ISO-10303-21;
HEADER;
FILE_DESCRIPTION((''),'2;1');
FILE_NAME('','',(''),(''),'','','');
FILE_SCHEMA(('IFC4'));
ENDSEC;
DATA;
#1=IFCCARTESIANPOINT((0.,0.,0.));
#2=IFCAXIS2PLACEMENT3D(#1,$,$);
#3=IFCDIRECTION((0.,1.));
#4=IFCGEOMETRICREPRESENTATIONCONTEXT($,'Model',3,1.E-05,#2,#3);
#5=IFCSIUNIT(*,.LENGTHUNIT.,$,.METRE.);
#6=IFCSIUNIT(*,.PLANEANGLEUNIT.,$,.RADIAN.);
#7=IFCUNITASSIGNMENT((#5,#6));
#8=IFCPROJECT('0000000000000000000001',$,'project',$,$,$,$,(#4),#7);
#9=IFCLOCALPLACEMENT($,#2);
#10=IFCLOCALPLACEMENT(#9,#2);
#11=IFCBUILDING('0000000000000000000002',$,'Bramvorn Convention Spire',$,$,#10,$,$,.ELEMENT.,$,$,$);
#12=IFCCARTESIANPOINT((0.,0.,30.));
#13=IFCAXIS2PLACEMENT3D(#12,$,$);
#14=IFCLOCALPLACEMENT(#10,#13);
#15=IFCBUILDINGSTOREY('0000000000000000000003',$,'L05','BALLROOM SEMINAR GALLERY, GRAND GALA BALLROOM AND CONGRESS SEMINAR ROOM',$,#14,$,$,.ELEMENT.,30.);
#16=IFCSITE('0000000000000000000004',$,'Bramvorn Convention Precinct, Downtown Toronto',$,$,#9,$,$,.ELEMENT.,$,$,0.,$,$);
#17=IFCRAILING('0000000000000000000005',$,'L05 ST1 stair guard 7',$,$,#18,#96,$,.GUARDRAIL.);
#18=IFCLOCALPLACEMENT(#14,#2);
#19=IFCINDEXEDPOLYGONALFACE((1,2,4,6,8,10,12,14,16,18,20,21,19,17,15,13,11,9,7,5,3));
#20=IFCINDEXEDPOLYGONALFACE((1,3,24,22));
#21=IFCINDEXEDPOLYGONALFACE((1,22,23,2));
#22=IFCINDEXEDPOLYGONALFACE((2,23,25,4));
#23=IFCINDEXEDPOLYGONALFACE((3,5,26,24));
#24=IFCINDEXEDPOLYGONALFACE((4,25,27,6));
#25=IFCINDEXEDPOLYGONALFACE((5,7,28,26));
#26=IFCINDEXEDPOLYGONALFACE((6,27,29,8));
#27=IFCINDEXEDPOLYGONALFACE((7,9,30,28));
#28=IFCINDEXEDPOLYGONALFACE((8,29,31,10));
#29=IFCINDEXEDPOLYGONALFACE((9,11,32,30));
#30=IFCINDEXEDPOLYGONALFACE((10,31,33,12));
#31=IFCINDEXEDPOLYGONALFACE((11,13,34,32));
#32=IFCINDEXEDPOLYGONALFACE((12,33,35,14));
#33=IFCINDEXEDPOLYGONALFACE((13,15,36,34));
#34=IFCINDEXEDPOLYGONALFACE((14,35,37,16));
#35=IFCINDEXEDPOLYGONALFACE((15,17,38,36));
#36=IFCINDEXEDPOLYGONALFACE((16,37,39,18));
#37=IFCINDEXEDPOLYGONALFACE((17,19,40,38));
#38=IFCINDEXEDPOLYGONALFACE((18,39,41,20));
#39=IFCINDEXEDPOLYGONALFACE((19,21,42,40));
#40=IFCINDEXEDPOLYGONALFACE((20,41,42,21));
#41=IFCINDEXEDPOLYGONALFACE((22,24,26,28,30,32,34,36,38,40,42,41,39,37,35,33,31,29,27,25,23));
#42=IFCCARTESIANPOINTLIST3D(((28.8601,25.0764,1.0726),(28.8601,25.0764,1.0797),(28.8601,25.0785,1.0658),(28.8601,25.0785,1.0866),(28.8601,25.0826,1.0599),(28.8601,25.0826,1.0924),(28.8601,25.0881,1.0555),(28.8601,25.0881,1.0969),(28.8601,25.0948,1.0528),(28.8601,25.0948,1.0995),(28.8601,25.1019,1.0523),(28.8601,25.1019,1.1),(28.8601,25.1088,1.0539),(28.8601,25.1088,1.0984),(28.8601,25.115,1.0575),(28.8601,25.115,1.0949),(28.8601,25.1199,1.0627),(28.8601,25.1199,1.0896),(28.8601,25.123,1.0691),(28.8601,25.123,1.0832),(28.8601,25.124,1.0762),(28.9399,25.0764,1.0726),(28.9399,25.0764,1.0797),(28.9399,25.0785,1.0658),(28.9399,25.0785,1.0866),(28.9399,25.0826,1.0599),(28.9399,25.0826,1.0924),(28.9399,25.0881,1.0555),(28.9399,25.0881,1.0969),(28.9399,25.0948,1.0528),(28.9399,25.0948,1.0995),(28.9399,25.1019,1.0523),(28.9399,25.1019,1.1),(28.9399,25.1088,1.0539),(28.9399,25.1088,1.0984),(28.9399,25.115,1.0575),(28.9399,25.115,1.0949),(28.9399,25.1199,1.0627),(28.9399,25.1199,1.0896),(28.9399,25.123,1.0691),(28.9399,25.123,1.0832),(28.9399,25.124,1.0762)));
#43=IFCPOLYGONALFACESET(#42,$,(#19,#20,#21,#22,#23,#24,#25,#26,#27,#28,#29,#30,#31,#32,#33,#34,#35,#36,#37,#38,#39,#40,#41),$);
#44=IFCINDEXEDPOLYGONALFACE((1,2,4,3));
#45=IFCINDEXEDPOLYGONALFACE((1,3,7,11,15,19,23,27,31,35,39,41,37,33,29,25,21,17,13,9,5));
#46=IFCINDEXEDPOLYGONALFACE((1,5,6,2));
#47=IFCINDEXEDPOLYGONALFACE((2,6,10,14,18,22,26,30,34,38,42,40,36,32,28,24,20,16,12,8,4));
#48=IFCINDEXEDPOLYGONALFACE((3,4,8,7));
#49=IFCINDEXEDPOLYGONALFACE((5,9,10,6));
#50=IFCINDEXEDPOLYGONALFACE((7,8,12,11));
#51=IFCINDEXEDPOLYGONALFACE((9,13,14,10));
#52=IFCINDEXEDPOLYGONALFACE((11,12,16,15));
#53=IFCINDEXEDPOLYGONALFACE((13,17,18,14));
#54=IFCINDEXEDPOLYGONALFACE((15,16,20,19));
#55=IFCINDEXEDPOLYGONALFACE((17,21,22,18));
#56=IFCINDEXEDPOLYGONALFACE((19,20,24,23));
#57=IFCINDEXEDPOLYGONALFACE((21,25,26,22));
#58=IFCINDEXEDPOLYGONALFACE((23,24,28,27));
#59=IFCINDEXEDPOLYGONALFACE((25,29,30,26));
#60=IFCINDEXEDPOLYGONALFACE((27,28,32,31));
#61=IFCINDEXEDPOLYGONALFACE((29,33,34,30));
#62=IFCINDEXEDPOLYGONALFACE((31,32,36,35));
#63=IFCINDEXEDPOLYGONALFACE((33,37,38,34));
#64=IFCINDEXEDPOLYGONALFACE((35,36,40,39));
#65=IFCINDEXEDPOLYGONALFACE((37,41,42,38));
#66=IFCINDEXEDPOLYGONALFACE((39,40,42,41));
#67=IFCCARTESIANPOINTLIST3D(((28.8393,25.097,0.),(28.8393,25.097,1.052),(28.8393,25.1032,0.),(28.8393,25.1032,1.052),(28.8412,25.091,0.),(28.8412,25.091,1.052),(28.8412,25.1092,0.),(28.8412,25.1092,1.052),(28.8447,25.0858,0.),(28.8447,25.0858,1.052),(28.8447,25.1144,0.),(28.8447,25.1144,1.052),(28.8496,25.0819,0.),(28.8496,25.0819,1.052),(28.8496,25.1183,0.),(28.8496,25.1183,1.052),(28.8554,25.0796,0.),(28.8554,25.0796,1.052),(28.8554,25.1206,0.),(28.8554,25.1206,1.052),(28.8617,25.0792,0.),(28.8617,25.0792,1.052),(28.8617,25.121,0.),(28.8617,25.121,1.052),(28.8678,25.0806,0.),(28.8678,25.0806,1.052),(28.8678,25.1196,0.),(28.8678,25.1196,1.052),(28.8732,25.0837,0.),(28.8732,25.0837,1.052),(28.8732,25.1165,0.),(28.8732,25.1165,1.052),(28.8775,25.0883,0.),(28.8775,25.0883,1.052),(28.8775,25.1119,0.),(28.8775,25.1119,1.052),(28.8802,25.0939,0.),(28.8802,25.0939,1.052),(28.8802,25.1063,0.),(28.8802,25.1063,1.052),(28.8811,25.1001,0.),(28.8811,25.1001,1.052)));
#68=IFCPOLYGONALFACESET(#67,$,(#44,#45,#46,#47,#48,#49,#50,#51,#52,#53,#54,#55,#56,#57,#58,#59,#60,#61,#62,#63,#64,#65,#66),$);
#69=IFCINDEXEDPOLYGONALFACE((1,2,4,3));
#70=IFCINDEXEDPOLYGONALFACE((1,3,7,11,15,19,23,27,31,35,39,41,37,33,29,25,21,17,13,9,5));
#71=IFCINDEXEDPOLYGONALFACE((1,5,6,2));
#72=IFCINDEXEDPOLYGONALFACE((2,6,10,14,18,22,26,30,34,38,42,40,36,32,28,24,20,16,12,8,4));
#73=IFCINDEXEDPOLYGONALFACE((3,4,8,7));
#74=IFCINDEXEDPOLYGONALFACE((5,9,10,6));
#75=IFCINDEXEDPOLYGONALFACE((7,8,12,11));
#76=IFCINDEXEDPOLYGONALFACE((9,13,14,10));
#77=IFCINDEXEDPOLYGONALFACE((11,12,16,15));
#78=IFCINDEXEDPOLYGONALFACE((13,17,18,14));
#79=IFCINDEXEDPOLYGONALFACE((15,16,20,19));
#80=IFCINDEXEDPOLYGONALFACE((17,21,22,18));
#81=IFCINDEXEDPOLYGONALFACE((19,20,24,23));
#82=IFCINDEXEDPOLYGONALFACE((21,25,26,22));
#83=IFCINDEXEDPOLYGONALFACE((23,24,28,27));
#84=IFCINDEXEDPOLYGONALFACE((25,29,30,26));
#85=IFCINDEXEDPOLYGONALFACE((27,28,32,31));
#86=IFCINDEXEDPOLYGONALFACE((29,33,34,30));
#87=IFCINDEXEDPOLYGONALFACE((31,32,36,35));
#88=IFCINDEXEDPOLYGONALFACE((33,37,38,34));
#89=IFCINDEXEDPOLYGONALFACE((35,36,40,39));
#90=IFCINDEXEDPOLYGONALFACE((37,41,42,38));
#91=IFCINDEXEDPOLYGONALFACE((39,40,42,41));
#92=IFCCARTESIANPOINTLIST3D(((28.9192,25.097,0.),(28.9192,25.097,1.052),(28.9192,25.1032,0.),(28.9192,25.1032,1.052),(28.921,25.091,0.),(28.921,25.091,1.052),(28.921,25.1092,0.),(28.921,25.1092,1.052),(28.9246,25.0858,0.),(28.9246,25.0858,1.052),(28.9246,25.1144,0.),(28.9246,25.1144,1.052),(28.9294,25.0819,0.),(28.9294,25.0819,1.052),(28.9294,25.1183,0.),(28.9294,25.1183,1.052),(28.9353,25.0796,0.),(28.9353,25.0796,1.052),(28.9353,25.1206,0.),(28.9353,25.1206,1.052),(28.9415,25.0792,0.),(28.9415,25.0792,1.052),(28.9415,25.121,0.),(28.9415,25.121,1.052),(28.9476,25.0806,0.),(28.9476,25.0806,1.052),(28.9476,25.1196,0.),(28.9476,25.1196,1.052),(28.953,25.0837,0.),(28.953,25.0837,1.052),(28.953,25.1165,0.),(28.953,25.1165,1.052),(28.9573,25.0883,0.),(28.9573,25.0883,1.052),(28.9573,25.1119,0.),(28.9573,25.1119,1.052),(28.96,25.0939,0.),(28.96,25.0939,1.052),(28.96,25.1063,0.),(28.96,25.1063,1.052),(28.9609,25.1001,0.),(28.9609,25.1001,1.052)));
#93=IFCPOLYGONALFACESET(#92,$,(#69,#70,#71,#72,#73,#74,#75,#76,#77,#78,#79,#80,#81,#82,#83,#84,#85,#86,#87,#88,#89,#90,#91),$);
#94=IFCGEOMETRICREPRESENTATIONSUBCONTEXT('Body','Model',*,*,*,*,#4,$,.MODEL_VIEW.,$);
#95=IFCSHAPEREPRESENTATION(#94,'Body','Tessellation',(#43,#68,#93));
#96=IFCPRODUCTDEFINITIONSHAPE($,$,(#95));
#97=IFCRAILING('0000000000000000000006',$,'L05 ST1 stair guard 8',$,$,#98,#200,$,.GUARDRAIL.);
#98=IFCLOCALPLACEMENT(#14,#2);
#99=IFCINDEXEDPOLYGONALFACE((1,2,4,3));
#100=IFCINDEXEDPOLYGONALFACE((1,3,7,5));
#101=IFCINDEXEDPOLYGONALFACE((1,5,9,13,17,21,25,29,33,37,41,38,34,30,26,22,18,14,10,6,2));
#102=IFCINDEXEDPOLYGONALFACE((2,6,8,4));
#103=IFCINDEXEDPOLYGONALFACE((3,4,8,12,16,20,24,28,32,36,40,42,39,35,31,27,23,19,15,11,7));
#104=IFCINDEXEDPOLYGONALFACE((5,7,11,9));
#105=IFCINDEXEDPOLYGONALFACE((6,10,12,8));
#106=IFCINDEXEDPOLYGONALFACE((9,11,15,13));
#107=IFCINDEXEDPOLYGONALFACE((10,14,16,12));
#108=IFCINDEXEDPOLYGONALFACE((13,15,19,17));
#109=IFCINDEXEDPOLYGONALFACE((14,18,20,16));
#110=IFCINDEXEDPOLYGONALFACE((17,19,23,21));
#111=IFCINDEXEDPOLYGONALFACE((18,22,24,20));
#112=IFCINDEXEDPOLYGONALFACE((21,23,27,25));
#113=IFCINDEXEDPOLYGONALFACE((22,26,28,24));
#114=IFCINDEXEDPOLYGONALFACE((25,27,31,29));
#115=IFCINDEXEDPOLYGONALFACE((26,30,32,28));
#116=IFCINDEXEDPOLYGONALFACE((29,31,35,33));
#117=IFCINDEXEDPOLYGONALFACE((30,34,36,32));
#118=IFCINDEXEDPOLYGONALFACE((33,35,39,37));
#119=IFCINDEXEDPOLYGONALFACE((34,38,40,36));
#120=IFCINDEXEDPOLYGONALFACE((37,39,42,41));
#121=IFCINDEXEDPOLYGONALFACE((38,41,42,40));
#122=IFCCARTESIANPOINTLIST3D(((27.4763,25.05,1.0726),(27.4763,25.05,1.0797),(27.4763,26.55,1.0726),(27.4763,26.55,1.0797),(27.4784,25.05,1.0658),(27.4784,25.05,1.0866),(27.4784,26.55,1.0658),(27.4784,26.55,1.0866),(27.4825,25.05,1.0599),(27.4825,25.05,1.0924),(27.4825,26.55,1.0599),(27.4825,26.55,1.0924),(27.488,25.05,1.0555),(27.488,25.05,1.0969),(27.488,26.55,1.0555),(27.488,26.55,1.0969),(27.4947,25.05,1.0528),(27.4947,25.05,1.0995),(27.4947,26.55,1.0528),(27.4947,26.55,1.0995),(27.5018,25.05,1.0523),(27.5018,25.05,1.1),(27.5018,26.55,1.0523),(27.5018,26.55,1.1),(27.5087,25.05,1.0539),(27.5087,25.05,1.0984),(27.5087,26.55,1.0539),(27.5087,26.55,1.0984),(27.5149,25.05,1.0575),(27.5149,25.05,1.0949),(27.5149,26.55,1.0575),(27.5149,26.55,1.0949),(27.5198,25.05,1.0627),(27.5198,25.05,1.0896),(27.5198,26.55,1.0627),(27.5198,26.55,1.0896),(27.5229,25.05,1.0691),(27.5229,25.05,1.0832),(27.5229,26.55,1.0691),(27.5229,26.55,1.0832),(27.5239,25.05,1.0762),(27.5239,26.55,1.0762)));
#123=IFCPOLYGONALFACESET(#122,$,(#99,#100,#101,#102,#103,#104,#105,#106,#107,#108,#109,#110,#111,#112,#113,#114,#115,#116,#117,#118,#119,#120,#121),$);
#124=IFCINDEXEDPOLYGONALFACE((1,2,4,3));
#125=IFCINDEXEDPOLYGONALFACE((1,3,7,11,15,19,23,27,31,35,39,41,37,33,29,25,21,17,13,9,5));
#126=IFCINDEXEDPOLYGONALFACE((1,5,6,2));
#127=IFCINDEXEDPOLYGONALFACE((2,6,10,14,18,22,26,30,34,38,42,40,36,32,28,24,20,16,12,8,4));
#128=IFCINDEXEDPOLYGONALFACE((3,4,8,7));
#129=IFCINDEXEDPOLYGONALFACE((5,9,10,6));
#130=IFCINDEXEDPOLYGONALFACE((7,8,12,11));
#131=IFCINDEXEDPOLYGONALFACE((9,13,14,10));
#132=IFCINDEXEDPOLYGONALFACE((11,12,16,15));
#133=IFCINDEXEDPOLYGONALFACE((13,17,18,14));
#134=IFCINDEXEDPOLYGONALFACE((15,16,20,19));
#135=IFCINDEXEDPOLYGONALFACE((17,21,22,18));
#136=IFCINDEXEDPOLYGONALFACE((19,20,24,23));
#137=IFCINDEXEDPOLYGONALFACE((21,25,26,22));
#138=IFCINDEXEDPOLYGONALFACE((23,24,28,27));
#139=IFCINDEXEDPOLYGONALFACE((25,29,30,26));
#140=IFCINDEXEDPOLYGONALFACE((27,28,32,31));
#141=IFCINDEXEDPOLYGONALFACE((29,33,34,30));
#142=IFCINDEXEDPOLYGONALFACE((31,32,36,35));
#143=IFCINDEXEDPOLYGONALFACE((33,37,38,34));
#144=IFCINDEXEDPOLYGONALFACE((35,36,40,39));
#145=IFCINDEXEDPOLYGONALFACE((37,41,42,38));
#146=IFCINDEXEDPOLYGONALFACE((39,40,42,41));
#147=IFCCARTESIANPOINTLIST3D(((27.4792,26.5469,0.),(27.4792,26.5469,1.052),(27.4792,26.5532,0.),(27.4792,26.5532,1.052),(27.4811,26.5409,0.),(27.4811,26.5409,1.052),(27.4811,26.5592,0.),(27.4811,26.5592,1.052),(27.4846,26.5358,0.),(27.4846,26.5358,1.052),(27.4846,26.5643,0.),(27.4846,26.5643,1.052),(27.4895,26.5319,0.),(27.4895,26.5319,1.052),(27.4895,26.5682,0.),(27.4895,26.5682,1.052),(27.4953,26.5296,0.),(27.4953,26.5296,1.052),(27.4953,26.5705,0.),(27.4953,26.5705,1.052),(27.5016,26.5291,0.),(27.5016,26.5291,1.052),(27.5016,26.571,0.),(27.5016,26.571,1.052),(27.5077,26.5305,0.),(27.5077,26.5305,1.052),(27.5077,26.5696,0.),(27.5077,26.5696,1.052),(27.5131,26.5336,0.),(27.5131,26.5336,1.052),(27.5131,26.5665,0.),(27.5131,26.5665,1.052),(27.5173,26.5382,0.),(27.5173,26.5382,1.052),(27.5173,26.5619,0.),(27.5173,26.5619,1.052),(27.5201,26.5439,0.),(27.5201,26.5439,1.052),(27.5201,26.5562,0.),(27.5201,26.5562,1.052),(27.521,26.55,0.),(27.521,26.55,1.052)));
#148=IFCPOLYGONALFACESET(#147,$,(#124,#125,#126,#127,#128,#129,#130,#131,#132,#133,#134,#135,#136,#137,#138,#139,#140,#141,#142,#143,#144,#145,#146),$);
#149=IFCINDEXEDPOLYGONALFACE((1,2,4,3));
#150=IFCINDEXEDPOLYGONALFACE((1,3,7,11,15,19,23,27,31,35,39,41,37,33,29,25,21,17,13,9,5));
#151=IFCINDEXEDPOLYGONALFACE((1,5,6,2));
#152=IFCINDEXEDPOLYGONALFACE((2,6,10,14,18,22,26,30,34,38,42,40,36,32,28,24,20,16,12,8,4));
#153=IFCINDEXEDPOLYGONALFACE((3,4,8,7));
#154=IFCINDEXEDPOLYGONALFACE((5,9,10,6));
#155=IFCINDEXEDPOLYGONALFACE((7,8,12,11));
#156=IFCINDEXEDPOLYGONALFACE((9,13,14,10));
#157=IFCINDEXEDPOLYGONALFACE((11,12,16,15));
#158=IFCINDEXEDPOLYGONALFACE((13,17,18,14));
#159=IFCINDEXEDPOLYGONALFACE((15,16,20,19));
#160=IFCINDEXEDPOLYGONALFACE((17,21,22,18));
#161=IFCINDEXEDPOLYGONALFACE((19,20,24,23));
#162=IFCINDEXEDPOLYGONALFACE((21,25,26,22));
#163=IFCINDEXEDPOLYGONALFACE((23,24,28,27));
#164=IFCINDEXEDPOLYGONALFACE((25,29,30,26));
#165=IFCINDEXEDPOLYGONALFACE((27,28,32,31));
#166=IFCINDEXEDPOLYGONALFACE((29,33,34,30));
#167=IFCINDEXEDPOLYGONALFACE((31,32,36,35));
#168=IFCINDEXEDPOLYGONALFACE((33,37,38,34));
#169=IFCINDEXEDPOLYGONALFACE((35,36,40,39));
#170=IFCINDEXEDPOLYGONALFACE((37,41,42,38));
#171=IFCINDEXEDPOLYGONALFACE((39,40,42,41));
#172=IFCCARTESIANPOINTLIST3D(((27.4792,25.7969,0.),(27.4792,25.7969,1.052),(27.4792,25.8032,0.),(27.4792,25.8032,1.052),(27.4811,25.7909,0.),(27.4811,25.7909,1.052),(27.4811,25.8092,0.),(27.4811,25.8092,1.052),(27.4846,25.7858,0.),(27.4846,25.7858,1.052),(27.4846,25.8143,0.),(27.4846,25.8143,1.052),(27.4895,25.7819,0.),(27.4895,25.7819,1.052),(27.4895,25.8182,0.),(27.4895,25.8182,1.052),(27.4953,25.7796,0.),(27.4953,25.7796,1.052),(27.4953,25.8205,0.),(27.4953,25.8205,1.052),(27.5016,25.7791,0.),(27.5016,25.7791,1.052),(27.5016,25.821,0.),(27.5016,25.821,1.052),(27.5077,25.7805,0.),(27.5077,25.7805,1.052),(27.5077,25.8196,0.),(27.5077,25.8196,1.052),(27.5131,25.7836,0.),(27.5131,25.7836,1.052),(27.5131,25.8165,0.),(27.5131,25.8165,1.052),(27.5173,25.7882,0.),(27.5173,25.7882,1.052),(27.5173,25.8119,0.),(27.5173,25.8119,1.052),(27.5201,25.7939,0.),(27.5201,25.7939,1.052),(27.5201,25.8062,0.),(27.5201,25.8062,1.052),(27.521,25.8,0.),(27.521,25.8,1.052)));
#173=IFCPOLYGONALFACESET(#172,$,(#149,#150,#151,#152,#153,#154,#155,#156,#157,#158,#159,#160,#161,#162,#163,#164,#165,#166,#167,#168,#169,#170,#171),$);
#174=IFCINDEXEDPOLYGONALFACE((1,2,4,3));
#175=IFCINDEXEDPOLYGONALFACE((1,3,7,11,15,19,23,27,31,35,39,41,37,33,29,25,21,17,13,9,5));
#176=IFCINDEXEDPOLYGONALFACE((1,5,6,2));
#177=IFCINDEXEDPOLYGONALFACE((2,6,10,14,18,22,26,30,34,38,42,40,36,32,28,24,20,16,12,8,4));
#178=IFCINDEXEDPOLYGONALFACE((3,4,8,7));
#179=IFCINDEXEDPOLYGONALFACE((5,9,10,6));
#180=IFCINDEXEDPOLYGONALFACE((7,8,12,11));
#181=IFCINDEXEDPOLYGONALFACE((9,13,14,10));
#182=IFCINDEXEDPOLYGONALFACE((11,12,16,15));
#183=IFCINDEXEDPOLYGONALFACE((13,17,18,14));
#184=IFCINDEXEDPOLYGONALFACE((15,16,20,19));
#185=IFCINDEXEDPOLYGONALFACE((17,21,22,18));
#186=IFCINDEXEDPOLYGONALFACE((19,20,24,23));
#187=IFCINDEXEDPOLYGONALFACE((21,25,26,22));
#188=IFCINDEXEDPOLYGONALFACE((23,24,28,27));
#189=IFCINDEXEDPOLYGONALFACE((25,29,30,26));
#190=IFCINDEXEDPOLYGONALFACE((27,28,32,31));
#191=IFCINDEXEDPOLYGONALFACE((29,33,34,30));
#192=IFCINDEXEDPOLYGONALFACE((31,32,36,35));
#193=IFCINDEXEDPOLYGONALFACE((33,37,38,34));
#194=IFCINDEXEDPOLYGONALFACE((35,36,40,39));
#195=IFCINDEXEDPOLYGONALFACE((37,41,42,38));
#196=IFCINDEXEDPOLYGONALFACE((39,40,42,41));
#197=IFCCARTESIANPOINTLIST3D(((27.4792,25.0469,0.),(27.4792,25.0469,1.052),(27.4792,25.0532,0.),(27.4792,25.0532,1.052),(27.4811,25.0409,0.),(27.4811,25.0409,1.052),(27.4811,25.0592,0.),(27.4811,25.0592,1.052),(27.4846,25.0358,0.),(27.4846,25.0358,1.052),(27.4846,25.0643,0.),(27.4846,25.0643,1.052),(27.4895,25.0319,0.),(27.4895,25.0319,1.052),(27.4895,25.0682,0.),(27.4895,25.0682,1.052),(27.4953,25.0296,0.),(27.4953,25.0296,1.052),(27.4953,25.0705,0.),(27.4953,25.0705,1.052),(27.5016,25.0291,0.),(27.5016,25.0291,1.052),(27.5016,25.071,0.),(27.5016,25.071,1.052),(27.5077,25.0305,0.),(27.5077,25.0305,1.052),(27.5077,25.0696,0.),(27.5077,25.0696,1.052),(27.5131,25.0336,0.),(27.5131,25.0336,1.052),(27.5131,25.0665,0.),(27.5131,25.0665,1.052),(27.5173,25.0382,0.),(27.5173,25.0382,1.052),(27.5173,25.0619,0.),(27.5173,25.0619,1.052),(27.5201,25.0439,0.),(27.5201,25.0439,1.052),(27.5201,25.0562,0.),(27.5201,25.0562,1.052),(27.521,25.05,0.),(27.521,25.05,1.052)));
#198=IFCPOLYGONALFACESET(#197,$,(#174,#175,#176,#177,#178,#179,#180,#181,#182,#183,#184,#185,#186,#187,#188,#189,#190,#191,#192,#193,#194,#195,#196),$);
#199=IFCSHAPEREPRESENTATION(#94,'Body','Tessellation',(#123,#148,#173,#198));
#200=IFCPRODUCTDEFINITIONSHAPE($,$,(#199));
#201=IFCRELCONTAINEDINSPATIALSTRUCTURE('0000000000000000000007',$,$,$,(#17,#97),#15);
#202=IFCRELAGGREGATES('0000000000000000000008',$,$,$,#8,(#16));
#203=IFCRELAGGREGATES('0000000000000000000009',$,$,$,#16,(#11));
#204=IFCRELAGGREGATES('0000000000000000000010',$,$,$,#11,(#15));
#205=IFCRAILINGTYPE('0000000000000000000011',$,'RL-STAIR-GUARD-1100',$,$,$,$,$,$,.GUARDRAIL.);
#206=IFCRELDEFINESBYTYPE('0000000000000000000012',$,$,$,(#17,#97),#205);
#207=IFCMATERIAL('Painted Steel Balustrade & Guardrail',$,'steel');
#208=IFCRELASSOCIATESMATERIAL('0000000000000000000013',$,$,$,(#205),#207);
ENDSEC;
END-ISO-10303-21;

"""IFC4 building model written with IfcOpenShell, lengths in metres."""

from ifc_helpers import new_model, si_unit, direction, frame, origin, origin_2d, place, context, subcontext, project, spatial, circle, extrude, material, type_object, element, save


model = new_model("IFC4")

# Units and contexts
model_context = context("Model", 3, precision=1e-05, world=origin(), true_north=direction((0.0, 1.0)))
body_context = subcontext(model_context, "Body", "Model", "MODEL_VIEW")
ifc_project = project(units=[si_unit("LENGTHUNIT", "METRE"), si_unit("PLANEANGLEUNIT", "RADIAN")], contexts=[model_context])

# Site, building, storey
site_placement = place(None, origin())
site = spatial("IfcSite", under=ifc_project, at=site_placement, Name="Bramvorn Convention Precinct, Downtown Toronto", CompositionType="ELEMENT", RefElevation=0.0)
building_placement = place(site_placement, origin())
building = spatial("IfcBuilding", under=site, at=building_placement, Name="Bramvorn Convention Spire", CompositionType="ELEMENT")
storey_placement = place(building_placement, frame((0.0, 0.0, 30.0)))
storey = spatial("IfcBuildingStorey", under=building, at=storey_placement, Name="L05", Description="BALLROOM SEMINAR GALLERY, GRAND GALA BALLROOM AND CONGRESS SEMINAR ROOM", CompositionType="ELEMENT", Elevation=30.0)

# Railings
ifc_material_1 = material(Name="Painted Steel Balustrade & Guardrail", Category="steel")
railing_type_1 = type_object("IfcRailingType", Name="RL-STAIR-GUARD-1100", PredefinedType="GUARDRAIL", material=ifc_material_1)
railing_1_placement = place(storey_placement, frame((28.8601, 25.1001, 0.0)))
element("IfcRailing", 1, at=railing_1_placement, inside=storey, type_object=railing_type_1, Name="L05 ST1 stair guard 7", PredefinedType="GUARDRAIL", context=body_context, shape_type="SweptSolid", body=[
    extrude(circle(Radius=0.0239, at=origin_2d()), frame((0.0, 0.0, 1.0762), z_axis=(1.0, 0.0, 0.0), x_axis=(0.0, 1.0, 0.0)), (0.0, 0.0, 1.0), 0.0798),
    extrude(circle(Radius=0.021, at=origin_2d()), origin(), (0.0, 0.0, 1.0), 1.052),
    extrude(circle(Radius=0.021, at=origin_2d()), frame((0.0798, 0.0, 0.0)), (0.0, 0.0, 1.0), 1.052),
])
for number, where, name in (
    (2, (27.5, 26.55, 0.0), "L05 ST1 stair guard 8"),
):
    element("IfcRailing", number, at=place(storey_placement, frame(where)), inside=storey, type_object=railing_type_1, Name=name, PredefinedType="GUARDRAIL", context=body_context, shape_type="SweptSolid", body=[
        extrude(circle(Radius=0.0239, at=origin_2d()), frame((0.0, 0.0, 1.0762), z_axis=(0.0, -1.0, 0.0), x_axis=(1.0, 0.0, 0.0)), (0.0, 0.0, 1.0), 1.5),
        extrude(circle(Radius=0.021, at=origin_2d()), origin(), (0.0, 0.0, 1.0), 1.052),
        extrude(circle(Radius=0.021, at=origin_2d()), frame((0.0, -0.75, 0.0)), (0.0, 0.0, 1.0), 1.052),
        extrude(circle(Radius=0.021, at=origin_2d()), frame((0.0, -1.5, 0.0)), (0.0, 0.0, 1.0), 1.052),
    ])

save(model, "model.ifc")
